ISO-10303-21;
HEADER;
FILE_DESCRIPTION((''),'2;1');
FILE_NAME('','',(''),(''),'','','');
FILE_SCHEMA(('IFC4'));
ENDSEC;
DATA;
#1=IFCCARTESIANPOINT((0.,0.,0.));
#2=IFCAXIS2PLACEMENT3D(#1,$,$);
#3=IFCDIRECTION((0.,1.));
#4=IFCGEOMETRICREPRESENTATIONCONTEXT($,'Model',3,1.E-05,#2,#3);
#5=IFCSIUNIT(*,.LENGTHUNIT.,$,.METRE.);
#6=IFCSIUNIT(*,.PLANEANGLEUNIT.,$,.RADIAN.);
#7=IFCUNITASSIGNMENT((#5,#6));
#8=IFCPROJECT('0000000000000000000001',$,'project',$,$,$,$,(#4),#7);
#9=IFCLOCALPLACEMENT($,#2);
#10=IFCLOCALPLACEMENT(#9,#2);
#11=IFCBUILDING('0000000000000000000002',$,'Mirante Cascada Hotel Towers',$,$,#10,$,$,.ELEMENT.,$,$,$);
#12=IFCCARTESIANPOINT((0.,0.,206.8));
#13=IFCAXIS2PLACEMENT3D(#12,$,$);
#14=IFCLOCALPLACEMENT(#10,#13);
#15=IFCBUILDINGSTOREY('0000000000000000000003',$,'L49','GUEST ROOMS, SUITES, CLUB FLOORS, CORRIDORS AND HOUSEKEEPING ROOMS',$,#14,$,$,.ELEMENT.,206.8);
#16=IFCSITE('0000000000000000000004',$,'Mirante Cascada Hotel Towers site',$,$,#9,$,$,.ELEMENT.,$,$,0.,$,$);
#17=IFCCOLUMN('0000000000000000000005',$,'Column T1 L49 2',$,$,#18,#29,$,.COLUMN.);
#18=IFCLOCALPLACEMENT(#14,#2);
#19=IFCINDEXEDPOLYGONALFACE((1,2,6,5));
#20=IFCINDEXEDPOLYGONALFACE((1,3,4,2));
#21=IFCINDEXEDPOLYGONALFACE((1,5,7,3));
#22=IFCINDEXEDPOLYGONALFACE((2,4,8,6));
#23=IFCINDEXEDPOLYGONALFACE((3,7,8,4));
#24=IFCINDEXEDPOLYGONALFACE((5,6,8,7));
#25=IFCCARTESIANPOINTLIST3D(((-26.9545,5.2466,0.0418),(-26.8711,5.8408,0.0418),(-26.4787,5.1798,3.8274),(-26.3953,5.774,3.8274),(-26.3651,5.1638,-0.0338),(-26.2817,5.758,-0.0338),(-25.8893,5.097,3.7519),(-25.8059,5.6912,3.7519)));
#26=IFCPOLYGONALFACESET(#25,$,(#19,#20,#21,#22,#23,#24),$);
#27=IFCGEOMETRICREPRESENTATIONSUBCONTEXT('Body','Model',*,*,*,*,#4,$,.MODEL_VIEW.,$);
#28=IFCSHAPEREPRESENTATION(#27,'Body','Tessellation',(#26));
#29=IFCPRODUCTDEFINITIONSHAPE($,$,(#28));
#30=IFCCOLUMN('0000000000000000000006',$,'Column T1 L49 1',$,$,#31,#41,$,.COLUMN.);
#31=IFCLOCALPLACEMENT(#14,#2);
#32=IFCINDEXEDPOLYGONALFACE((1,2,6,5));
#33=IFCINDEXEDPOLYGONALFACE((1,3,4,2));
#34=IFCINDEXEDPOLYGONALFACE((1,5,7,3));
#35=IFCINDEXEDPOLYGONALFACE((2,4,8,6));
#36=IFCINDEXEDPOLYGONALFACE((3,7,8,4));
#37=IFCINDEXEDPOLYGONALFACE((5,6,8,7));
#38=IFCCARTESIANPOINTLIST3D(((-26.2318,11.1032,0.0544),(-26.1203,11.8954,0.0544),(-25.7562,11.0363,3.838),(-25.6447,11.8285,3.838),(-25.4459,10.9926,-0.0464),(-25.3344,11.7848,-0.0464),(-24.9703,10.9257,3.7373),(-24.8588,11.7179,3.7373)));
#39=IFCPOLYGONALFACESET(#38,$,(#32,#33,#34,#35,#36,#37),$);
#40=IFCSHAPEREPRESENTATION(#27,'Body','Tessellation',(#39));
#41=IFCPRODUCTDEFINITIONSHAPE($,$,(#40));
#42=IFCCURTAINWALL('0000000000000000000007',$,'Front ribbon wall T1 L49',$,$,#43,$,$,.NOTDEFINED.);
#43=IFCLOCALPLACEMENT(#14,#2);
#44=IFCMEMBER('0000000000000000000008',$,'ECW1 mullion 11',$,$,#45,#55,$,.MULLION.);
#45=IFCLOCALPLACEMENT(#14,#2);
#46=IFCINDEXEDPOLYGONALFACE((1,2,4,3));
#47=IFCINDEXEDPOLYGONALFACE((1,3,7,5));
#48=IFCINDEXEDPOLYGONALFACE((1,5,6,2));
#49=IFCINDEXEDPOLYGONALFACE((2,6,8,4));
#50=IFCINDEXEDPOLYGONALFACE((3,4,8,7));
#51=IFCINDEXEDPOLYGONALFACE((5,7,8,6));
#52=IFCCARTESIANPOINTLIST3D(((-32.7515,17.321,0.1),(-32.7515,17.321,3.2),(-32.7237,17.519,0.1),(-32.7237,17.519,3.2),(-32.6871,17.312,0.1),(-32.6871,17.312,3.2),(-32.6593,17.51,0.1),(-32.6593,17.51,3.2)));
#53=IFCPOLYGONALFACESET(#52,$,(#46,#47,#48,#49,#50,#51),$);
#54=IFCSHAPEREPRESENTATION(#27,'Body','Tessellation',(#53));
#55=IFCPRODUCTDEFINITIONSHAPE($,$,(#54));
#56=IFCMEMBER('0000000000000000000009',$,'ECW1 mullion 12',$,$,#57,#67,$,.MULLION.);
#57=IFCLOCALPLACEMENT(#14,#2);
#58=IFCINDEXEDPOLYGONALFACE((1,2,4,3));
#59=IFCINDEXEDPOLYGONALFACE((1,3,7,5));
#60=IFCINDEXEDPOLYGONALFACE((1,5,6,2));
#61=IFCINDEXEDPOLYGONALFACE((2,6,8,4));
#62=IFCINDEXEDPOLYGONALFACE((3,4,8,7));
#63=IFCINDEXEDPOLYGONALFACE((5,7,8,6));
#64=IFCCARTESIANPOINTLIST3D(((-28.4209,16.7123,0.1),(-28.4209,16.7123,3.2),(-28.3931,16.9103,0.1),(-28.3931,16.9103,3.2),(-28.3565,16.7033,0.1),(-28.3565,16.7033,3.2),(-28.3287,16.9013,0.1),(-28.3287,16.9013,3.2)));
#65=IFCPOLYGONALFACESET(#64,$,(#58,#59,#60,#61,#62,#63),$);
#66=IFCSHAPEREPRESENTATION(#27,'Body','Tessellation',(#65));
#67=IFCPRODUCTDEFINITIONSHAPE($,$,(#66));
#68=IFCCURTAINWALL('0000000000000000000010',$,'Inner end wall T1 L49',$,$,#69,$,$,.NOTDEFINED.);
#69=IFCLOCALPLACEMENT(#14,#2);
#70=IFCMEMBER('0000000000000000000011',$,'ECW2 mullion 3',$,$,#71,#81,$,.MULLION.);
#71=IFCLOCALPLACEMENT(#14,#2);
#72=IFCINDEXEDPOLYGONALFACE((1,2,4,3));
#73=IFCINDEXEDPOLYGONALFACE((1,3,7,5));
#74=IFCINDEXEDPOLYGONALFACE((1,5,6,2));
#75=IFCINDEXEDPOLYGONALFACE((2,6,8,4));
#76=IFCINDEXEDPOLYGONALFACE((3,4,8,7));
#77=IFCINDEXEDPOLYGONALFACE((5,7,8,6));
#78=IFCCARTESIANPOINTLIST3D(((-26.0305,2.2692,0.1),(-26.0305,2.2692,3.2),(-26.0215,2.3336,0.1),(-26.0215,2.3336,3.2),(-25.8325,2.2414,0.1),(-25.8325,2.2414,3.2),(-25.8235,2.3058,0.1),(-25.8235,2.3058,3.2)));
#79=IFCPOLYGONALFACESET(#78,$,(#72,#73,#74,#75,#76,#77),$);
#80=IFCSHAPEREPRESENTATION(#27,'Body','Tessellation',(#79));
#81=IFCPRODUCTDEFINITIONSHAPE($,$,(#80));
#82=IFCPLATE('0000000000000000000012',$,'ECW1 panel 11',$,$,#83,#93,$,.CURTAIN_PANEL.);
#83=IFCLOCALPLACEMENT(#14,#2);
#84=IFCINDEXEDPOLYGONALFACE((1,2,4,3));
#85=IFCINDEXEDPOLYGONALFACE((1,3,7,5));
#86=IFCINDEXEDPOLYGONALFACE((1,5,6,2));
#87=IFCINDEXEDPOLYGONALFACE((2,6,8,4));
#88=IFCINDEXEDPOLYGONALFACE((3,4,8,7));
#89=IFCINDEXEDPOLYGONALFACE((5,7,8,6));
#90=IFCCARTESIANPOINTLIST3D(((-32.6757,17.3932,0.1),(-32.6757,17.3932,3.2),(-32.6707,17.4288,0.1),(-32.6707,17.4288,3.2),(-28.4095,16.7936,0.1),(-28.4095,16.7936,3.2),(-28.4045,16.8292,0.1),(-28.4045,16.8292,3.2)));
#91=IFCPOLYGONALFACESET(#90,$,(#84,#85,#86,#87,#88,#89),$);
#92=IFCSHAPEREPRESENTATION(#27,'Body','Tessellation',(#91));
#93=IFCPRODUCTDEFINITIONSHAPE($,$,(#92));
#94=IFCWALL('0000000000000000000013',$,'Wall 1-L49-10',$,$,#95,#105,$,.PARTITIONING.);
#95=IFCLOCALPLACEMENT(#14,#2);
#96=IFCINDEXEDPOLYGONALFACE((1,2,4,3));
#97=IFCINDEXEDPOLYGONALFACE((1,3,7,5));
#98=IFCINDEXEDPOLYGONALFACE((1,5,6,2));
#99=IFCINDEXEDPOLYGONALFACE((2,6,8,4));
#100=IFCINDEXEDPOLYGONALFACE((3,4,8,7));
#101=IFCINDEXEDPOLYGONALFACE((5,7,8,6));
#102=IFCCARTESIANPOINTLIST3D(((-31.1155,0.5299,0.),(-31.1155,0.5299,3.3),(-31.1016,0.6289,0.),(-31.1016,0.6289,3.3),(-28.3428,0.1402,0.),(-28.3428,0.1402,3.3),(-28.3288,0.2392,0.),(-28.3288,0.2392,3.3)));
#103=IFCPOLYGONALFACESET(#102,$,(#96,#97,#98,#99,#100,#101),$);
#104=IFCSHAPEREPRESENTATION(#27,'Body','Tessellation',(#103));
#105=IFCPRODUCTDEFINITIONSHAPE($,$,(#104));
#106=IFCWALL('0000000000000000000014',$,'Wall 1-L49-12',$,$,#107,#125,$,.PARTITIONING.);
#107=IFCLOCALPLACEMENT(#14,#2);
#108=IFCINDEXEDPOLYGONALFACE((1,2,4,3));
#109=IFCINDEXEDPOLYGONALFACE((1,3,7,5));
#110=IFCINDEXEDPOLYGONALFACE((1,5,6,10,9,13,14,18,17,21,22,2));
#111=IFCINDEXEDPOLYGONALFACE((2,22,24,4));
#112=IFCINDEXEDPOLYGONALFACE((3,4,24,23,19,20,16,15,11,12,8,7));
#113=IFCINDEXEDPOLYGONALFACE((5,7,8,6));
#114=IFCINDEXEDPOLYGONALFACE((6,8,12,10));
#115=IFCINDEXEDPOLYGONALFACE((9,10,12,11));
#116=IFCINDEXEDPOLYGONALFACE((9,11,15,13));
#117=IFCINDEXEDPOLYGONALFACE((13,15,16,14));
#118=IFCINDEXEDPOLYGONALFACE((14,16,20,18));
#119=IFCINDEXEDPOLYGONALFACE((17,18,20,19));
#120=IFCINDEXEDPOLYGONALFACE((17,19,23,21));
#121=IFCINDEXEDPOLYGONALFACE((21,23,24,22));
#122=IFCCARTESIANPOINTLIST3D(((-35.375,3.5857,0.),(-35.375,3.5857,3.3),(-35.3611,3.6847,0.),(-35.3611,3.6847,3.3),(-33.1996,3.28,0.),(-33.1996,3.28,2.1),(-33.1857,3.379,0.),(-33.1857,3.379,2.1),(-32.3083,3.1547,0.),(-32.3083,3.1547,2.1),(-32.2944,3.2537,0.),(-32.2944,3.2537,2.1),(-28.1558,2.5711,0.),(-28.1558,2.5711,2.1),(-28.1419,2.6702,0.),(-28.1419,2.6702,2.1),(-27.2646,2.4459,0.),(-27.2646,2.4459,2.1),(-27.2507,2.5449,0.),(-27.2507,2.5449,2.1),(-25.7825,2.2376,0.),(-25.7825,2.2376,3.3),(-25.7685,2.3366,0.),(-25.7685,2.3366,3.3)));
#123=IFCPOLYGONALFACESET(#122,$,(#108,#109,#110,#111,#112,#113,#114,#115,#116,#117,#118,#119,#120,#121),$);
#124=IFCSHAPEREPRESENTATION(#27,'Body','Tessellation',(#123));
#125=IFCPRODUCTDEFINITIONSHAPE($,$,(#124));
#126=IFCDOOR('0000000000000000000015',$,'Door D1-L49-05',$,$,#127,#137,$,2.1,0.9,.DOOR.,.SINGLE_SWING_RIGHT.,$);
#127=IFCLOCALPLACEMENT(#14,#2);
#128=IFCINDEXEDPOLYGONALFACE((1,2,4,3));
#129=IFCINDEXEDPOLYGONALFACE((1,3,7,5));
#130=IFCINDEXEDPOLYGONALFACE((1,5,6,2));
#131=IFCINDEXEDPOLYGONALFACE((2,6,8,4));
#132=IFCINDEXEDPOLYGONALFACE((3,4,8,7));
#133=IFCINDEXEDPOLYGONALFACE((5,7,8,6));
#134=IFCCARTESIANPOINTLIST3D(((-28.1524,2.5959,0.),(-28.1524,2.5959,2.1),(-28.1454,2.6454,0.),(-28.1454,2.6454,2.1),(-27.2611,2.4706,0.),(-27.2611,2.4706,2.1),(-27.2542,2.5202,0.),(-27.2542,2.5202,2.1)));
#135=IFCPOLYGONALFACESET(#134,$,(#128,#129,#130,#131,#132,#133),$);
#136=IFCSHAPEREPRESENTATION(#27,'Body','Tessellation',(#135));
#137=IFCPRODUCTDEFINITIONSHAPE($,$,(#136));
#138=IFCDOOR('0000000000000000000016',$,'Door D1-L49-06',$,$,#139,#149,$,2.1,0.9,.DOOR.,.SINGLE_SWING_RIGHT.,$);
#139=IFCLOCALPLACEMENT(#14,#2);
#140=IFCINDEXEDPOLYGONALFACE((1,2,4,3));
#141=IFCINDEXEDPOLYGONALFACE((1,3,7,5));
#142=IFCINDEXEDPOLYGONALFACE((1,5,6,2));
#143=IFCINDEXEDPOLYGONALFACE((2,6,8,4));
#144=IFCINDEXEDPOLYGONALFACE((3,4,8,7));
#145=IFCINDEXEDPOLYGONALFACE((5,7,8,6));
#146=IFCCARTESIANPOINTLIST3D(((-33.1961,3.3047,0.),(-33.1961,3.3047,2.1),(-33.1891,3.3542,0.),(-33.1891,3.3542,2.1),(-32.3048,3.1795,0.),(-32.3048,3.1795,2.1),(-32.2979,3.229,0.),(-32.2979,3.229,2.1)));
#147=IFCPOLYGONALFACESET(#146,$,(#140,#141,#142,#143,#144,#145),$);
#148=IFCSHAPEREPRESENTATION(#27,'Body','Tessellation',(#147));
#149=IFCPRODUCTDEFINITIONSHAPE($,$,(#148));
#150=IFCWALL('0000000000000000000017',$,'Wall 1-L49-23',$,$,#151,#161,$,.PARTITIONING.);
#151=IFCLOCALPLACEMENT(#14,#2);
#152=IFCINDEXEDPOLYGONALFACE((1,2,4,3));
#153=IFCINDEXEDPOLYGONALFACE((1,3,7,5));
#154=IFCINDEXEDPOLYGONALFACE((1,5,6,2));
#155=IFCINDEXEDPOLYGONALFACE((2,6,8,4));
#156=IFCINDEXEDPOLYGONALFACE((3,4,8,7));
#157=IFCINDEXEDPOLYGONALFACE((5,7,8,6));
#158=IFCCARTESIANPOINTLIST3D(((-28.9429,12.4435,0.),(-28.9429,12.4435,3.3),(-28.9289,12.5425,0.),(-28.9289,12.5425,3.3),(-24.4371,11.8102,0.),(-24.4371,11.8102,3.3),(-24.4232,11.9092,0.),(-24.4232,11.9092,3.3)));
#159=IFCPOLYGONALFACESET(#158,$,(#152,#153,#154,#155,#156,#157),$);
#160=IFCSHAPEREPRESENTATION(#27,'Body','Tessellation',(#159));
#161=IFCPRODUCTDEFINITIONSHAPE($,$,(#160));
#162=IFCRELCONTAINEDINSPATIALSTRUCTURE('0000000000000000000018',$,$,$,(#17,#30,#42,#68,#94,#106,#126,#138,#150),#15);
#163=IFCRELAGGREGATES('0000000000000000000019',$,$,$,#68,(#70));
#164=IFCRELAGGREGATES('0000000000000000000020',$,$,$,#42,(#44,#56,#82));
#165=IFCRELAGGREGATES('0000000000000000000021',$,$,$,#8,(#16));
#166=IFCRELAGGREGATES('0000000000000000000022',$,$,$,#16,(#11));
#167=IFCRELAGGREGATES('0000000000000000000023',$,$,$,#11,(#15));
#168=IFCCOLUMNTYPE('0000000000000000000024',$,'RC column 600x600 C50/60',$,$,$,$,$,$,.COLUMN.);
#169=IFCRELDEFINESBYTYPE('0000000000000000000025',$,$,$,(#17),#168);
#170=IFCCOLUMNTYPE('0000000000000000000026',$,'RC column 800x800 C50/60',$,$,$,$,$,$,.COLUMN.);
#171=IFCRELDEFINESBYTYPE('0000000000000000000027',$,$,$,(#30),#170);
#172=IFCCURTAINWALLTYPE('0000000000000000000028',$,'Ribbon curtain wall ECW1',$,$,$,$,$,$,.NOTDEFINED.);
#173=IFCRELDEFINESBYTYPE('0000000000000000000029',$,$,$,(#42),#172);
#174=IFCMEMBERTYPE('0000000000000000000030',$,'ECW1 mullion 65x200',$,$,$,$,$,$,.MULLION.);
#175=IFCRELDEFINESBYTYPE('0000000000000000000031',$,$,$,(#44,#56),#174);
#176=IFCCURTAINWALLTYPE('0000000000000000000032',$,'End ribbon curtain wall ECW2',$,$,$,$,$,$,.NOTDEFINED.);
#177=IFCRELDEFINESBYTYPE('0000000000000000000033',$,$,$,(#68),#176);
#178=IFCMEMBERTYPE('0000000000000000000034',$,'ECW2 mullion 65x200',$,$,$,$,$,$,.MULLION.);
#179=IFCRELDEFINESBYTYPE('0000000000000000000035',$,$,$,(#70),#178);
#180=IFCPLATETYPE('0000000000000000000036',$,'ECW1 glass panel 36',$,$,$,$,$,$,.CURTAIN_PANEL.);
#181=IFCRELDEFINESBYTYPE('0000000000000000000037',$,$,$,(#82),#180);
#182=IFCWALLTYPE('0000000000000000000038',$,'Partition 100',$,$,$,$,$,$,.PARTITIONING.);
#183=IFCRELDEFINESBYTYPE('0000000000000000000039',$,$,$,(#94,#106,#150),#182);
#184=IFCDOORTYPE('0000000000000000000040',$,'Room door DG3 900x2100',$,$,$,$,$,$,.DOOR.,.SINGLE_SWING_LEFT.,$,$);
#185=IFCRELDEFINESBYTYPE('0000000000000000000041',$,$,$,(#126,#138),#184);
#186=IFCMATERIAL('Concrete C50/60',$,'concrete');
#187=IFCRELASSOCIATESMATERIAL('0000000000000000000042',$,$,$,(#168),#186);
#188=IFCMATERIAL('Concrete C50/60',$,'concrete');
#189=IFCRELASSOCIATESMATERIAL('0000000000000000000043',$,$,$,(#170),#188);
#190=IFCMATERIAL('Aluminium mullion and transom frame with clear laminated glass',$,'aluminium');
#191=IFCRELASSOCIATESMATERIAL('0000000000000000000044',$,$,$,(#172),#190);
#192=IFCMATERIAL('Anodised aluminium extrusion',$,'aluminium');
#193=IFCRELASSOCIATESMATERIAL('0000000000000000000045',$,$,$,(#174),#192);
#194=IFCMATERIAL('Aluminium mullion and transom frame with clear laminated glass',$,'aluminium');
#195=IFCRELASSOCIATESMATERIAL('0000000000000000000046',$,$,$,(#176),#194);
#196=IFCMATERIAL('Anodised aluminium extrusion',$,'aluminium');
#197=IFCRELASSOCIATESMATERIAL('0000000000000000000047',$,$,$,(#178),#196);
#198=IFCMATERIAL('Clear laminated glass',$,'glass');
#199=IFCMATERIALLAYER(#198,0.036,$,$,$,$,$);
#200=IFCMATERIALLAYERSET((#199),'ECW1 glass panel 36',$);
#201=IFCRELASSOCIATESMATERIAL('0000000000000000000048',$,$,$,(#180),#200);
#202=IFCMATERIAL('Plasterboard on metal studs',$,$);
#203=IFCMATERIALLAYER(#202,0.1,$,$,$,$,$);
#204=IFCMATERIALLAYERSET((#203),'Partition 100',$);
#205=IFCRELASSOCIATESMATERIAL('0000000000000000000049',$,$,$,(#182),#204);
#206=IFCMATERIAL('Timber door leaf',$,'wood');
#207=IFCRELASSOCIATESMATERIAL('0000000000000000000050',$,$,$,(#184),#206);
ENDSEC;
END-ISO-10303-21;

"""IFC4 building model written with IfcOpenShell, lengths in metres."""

from ifc_helpers import new_model, si_unit, direction, frame, frame_2d, origin, origin_2d, place, context, subcontext, project, spatial, rectangle, extrude, material, layer, layer_set, material_profile, profile_set, type_object, element, fill, aggregate, save


model = new_model("IFC4")

# Units and contexts
model_context = context("Model", 3, precision=1e-05, world=origin(), true_north=direction((0.0, 1.0)))
body_context = subcontext(model_context, "Body", "Model", "MODEL_VIEW")
ifc_project = project(units=[si_unit("LENGTHUNIT", "METRE"), si_unit("PLANEANGLEUNIT", "RADIAN")], contexts=[model_context])

# Site, building, storey
site_placement = place(None, origin())
site = spatial("IfcSite", under=ifc_project, at=site_placement, Name="Mirante Cascada Hotel Towers site", CompositionType="ELEMENT", RefElevation=0.0)
building_placement = place(site_placement, origin())
building = spatial("IfcBuilding", under=site, at=building_placement, Name="Mirante Cascada Hotel Towers", CompositionType="ELEMENT")
storey_placement = place(building_placement, frame((0.0, 0.0, 206.8)))
storey = spatial("IfcBuildingStorey", under=building, at=storey_placement, Name="L49", Description="GUEST ROOMS, SUITES, CLUB FLOORS, CORRIDORS AND HOUSEKEEPING ROOMS", CompositionType="ELEMENT", Elevation=206.8)

# Columns
ifc_material_1 = material(Name="Concrete C50/60", Category="concrete")
ifc_material_profile_1 = material_profile(ifc_material_1, rectangle(XDim=0.6, YDim=0.6, at=origin_2d()), Name="RC column 600x600 C50/60")
ifc_profile_set_1 = profile_set([ifc_material_profile_1], Name="Concrete C50/60")
column_type_1 = type_object("IfcColumnType", Name="RC column 600x600 C50/60", PredefinedType="COLUMN", material=ifc_profile_set_1)
column_1_placement = place(storey_placement, frame((-26.6181, 5.5023, 0.004), z_axis=(0.124687, -0.017505, 0.992042), x_axis=(0.139032, 0.990288, 0.0)))
element("IfcColumn", 1, at=column_1_placement, inside=storey, type_object=column_type_1, Name="Column T1 L49 2", PredefinedType="COLUMN", context=body_context, shape_type="SweptSolid", body=[
    extrude(rectangle(XDim=0.6, YDim=0.6, at=origin_2d()), origin(), (0.0, 0.0, 1.0), 3.816),
])
ifc_material_2 = material(Name="Concrete C50/60", Category="concrete")
ifc_material_profile_2 = material_profile(ifc_material_2, rectangle(XDim=0.8, YDim=0.8, at=origin_2d()), Name="RC column 800x800 C50/60")
ifc_profile_set_2 = profile_set([ifc_material_profile_2], Name="Concrete C50/60")
column_type_2 = type_object("IfcColumnType", Name="RC column 800x800 C50/60", PredefinedType="COLUMN", material=ifc_profile_set_2)
column_2_placement = place(storey_placement, frame((-25.7831, 11.444, 0.004), z_axis=(0.1247, -0.017541, 0.992039), x_axis=(0.139293, 0.990251, 0.0)))
element("IfcColumn", 2, at=column_2_placement, inside=storey, type_object=column_type_2, Name="Column T1 L49 1", PredefinedType="COLUMN", context=body_context, shape_type="SweptSolid", body=[
    extrude(rectangle(XDim=0.8, YDim=0.8, at=origin_2d()), origin(), (0.0, 0.0, 1.0), 3.814),
])

# Curtain wall, members
ifc_material_3 = material(Name="Aluminium mullion and transom frame with clear laminated glass", Category="aluminium")
curtain_wall_type_1 = type_object("IfcCurtainWallType", Name="Ribbon curtain wall ECW1", PredefinedType="NOTDEFINED", material=ifc_material_3)
curtain_wall_1_placement = place(storey_placement, origin())
curtain_wall_1 = element("IfcCurtainWall", 3, at=curtain_wall_1_placement, inside=storey, type_object=curtain_wall_type_1, Name="Front ribbon wall T1 L49", PredefinedType="NOTDEFINED")
ifc_material_4 = material(Name="Anodised aluminium extrusion", Category="aluminium")
ifc_material_profile_3 = material_profile(ifc_material_4, rectangle(XDim=0.2, YDim=0.065, at=origin_2d()), Name="ECW1 MULLION 65x200")
ifc_profile_set_3 = profile_set([ifc_material_profile_3], Name="Anodised aluminium extrusion")
member_type_1 = type_object("IfcMemberType", Name="ECW1 mullion 65x200", PredefinedType="MULLION", material=ifc_profile_set_3)
member_1_placement = place(storey_placement, frame((-32.7054, 17.4155, 0.1), z_axis=(0.0, 0.0, 1.0), x_axis=(0.139173, 0.990268, 0.0)))
member_1 = element("IfcMember", 4, at=member_1_placement, type_object=member_type_1, Name="ECW1 mullion 11", PredefinedType="MULLION", context=body_context, shape_type="SweptSolid", body=[
    extrude(rectangle(XDim=0.2, YDim=0.065, at=origin_2d()), origin(), (0.0, 0.0, 1.0), 3.1),
])
member_2_placement = place(storey_placement, frame((-28.3748, 16.8068, 0.1), z_axis=(0.0, 0.0, 1.0), x_axis=(0.139173, 0.990268, 0.0)))
member_2 = element("IfcMember", 5, at=member_2_placement, type_object=member_type_1, Name="ECW1 mullion 12", PredefinedType="MULLION", context=body_context, shape_type="SweptSolid", body=[
    extrude(rectangle(XDim=0.2, YDim=0.065, at=origin_2d()), origin(), (0.0, 0.0, 1.0), 3.1),
])

# Curtain wall, member
ifc_material_5 = material(Name="Aluminium mullion and transom frame with clear laminated glass", Category="aluminium")
curtain_wall_type_2 = type_object("IfcCurtainWallType", Name="End ribbon curtain wall ECW2", PredefinedType="NOTDEFINED", material=ifc_material_5)
curtain_wall_2_placement = place(storey_placement, origin())
curtain_wall_2 = element("IfcCurtainWall", 6, at=curtain_wall_2_placement, inside=storey, type_object=curtain_wall_type_2, Name="Inner end wall T1 L49", PredefinedType="NOTDEFINED")
ifc_material_6 = material(Name="Anodised aluminium extrusion", Category="aluminium")
ifc_material_profile_4 = material_profile(ifc_material_6, rectangle(XDim=0.2, YDim=0.065, at=origin_2d()), Name="ECW2 MULLION 65x200")
ifc_profile_set_4 = profile_set([ifc_material_profile_4], Name="Anodised aluminium extrusion")
member_type_2 = type_object("IfcMemberType", Name="ECW2 mullion 65x200", PredefinedType="MULLION", material=ifc_profile_set_4)
member_3_placement = place(storey_placement, frame((-25.927, 2.2875, 0.1), z_axis=(0.0, 0.0, 1.0), x_axis=(0.990268, -0.139173, 0.0)))
member_3 = element("IfcMember", 7, at=member_3_placement, type_object=member_type_2, Name="ECW2 mullion 3", PredefinedType="MULLION", context=body_context, shape_type="SweptSolid", body=[
    extrude(rectangle(XDim=0.2, YDim=0.065, at=origin_2d()), origin(), (0.0, 0.0, 1.0), 3.1),
])
aggregate(curtain_wall_2, [member_3])

# Plate
ifc_material_7 = material(Name="Clear laminated glass", Category="glass")
ifc_layer_1 = layer(ifc_material_7, 0.036)
ifc_layer_set_1 = layer_set([ifc_layer_1], Name="ECW1 glass panel 36")
plate_type = type_object("IfcPlateType", Name="ECW1 glass panel 36", PredefinedType="CURTAIN_PANEL", material=ifc_layer_set_1)
plate_placement = place(storey_placement, frame((-30.5401, 17.1112, 0.1), z_axis=(0.0, 0.0, 1.0), x_axis=(0.990268, -0.139173, 0.0)))
plate = element("IfcPlate", 8, at=plate_placement, type_object=plate_type, Name="ECW1 panel 11", PredefinedType="CURTAIN_PANEL", context=body_context, shape_type="SweptSolid", body=[
    extrude(rectangle(XDim=4.3082, YDim=0.036, at=origin_2d()), origin(), (0.0, 0.0, 1.0), 3.1),
])
aggregate(curtain_wall_1, [member_1, member_2, plate])

# Wall
ifc_material_8 = material(Name="Plasterboard on metal studs")
ifc_layer_2 = layer(ifc_material_8, 0.1)
ifc_layer_set_2 = layer_set([ifc_layer_2], Name="Partition 100")
wall_type_1 = type_object("IfcWallType", Name="Partition 100", PredefinedType="PARTITIONING", material=ifc_layer_set_2)
wall_1_placement = place(storey_placement, frame((-28.3358, 0.1897, 0.0), z_axis=(0.0, 0.0, 1.0), x_axis=(-0.990267, 0.139181, 0.0)))
element("IfcWall", 9, at=wall_1_placement, inside=storey, type_object=wall_type_1, Name="Wall 1-L49-10", PredefinedType="PARTITIONING", context=body_context, shape_type="SweptSolid", body=[
    extrude(rectangle(XDim=2.8, YDim=0.1, at=frame_2d((1.4, 0.0))), origin(), (0.0, 0.0, 1.0), 3.3),
])

# Wall, openings, doors
wall_2_placement = place(storey_placement, frame((-25.7755, 2.2871, 0.0), z_axis=(0.0, 0.0, 1.0), x_axis=(-0.990269, 0.139169, 0.0)))
wall_2 = element("IfcWall", 10, at=wall_2_placement, inside=storey, type_object=wall_type_1, Name="Wall 1-L49-12", PredefinedType="PARTITIONING", context=body_context, shape_type="SweptSolid", body=[
    extrude(rectangle(XDim=9.6868, YDim=0.1, at=frame_2d((4.8434, 0.0))), origin(), (0.0, 0.0, 1.0), 3.3),
])
opening_1_placement = place(wall_2_placement, frame((1.4967, 0.0, 0.0)))
opening_1 = element("IfcOpeningElement", 11, at=opening_1_placement, cuts=wall_2, PredefinedType="OPENING", context=body_context, shape_type="SweptSolid", body=[
    extrude(rectangle(XDim=0.9, YDim=2.1, at=frame_2d((0.45, 1.05))), frame((0.0, 0.05, 0.0), z_axis=(0.0, -1.0, 0.0), x_axis=(1.0, 0.0, 0.0)), (0.0, 0.0, 1.0), 0.1),
])
opening_2_placement = place(wall_2_placement, frame((6.59, 0.0, 0.0)))
opening_2 = element("IfcOpeningElement", 12, at=opening_2_placement, cuts=wall_2, PredefinedType="OPENING", context=body_context, shape_type="SweptSolid", body=[
    extrude(rectangle(XDim=0.9, YDim=2.1, at=frame_2d((0.45, 1.05))), frame((0.0, 0.05, 0.0), z_axis=(0.0, -1.0, 0.0), x_axis=(1.0, 0.0, 0.0)), (0.0, 0.0, 1.0), 0.1),
])
ifc_material_9 = material(Name="Timber door leaf", Category="wood")
door_type_1 = type_object("IfcDoorType", Name="Room door DG3 900x2100", OperationType="SINGLE_SWING_LEFT", PredefinedType="DOOR", material=ifc_material_9)
door_1_placement = place(opening_1_placement, frame((0.9, 0.0, 0.0), z_axis=(0.0, 0.0, 1.0), x_axis=(-1.0, 0.0, 0.0)))
door_1 = element("IfcDoor", 13, at=door_1_placement, inside=storey, type_object=door_type_1, Name="Door D1-L49-05", OperationType="SINGLE_SWING_RIGHT", OverallHeight=2.1, OverallWidth=0.9, PredefinedType="DOOR", context=body_context, shape_type="SweptSolid", body=[
    extrude(rectangle(XDim=0.9, YDim=2.1, at=frame_2d((0.45, 1.05))), frame((0.0, 0.025, 0.0), z_axis=(0.0, -1.0, 0.0), x_axis=(1.0, 0.0, 0.0)), (0.0, 0.0, 1.0), 0.05),
])
fill(opening_1, door_1)
door_2_placement = place(opening_2_placement, frame((0.9, 0.0, 0.0), z_axis=(0.0, 0.0, 1.0), x_axis=(-1.0, 0.0, 0.0)))
door_2 = element("IfcDoor", 14, at=door_2_placement, inside=storey, type_object=door_type_1, Name="Door D1-L49-06", OperationType="SINGLE_SWING_RIGHT", OverallHeight=2.1, OverallWidth=0.9, PredefinedType="DOOR", context=body_context, shape_type="SweptSolid", body=[
    extrude(rectangle(XDim=0.9, YDim=2.1, at=frame_2d((0.45, 1.05))), frame((0.0, 0.025, 0.0), z_axis=(0.0, -1.0, 0.0), x_axis=(1.0, 0.0, 0.0)), (0.0, 0.0, 1.0), 0.05),
])
fill(opening_2, door_2)

# Wall
wall_3_placement = place(storey_placement, frame((-28.9359, 12.493, 0.0), z_axis=(0.0, 0.0, 1.0), x_axis=(0.990266, -0.139187, 0.0)))
element("IfcWall", 15, at=wall_3_placement, inside=storey, type_object=wall_type_1, Name="Wall 1-L49-23", PredefinedType="PARTITIONING", context=body_context, shape_type="SweptSolid", body=[
    extrude(rectangle(XDim=4.55, YDim=0.1, at=frame_2d((2.275, 0.0))), origin(), (0.0, 0.0, 1.0), 3.3),
])

save(model, "model.ifc")
